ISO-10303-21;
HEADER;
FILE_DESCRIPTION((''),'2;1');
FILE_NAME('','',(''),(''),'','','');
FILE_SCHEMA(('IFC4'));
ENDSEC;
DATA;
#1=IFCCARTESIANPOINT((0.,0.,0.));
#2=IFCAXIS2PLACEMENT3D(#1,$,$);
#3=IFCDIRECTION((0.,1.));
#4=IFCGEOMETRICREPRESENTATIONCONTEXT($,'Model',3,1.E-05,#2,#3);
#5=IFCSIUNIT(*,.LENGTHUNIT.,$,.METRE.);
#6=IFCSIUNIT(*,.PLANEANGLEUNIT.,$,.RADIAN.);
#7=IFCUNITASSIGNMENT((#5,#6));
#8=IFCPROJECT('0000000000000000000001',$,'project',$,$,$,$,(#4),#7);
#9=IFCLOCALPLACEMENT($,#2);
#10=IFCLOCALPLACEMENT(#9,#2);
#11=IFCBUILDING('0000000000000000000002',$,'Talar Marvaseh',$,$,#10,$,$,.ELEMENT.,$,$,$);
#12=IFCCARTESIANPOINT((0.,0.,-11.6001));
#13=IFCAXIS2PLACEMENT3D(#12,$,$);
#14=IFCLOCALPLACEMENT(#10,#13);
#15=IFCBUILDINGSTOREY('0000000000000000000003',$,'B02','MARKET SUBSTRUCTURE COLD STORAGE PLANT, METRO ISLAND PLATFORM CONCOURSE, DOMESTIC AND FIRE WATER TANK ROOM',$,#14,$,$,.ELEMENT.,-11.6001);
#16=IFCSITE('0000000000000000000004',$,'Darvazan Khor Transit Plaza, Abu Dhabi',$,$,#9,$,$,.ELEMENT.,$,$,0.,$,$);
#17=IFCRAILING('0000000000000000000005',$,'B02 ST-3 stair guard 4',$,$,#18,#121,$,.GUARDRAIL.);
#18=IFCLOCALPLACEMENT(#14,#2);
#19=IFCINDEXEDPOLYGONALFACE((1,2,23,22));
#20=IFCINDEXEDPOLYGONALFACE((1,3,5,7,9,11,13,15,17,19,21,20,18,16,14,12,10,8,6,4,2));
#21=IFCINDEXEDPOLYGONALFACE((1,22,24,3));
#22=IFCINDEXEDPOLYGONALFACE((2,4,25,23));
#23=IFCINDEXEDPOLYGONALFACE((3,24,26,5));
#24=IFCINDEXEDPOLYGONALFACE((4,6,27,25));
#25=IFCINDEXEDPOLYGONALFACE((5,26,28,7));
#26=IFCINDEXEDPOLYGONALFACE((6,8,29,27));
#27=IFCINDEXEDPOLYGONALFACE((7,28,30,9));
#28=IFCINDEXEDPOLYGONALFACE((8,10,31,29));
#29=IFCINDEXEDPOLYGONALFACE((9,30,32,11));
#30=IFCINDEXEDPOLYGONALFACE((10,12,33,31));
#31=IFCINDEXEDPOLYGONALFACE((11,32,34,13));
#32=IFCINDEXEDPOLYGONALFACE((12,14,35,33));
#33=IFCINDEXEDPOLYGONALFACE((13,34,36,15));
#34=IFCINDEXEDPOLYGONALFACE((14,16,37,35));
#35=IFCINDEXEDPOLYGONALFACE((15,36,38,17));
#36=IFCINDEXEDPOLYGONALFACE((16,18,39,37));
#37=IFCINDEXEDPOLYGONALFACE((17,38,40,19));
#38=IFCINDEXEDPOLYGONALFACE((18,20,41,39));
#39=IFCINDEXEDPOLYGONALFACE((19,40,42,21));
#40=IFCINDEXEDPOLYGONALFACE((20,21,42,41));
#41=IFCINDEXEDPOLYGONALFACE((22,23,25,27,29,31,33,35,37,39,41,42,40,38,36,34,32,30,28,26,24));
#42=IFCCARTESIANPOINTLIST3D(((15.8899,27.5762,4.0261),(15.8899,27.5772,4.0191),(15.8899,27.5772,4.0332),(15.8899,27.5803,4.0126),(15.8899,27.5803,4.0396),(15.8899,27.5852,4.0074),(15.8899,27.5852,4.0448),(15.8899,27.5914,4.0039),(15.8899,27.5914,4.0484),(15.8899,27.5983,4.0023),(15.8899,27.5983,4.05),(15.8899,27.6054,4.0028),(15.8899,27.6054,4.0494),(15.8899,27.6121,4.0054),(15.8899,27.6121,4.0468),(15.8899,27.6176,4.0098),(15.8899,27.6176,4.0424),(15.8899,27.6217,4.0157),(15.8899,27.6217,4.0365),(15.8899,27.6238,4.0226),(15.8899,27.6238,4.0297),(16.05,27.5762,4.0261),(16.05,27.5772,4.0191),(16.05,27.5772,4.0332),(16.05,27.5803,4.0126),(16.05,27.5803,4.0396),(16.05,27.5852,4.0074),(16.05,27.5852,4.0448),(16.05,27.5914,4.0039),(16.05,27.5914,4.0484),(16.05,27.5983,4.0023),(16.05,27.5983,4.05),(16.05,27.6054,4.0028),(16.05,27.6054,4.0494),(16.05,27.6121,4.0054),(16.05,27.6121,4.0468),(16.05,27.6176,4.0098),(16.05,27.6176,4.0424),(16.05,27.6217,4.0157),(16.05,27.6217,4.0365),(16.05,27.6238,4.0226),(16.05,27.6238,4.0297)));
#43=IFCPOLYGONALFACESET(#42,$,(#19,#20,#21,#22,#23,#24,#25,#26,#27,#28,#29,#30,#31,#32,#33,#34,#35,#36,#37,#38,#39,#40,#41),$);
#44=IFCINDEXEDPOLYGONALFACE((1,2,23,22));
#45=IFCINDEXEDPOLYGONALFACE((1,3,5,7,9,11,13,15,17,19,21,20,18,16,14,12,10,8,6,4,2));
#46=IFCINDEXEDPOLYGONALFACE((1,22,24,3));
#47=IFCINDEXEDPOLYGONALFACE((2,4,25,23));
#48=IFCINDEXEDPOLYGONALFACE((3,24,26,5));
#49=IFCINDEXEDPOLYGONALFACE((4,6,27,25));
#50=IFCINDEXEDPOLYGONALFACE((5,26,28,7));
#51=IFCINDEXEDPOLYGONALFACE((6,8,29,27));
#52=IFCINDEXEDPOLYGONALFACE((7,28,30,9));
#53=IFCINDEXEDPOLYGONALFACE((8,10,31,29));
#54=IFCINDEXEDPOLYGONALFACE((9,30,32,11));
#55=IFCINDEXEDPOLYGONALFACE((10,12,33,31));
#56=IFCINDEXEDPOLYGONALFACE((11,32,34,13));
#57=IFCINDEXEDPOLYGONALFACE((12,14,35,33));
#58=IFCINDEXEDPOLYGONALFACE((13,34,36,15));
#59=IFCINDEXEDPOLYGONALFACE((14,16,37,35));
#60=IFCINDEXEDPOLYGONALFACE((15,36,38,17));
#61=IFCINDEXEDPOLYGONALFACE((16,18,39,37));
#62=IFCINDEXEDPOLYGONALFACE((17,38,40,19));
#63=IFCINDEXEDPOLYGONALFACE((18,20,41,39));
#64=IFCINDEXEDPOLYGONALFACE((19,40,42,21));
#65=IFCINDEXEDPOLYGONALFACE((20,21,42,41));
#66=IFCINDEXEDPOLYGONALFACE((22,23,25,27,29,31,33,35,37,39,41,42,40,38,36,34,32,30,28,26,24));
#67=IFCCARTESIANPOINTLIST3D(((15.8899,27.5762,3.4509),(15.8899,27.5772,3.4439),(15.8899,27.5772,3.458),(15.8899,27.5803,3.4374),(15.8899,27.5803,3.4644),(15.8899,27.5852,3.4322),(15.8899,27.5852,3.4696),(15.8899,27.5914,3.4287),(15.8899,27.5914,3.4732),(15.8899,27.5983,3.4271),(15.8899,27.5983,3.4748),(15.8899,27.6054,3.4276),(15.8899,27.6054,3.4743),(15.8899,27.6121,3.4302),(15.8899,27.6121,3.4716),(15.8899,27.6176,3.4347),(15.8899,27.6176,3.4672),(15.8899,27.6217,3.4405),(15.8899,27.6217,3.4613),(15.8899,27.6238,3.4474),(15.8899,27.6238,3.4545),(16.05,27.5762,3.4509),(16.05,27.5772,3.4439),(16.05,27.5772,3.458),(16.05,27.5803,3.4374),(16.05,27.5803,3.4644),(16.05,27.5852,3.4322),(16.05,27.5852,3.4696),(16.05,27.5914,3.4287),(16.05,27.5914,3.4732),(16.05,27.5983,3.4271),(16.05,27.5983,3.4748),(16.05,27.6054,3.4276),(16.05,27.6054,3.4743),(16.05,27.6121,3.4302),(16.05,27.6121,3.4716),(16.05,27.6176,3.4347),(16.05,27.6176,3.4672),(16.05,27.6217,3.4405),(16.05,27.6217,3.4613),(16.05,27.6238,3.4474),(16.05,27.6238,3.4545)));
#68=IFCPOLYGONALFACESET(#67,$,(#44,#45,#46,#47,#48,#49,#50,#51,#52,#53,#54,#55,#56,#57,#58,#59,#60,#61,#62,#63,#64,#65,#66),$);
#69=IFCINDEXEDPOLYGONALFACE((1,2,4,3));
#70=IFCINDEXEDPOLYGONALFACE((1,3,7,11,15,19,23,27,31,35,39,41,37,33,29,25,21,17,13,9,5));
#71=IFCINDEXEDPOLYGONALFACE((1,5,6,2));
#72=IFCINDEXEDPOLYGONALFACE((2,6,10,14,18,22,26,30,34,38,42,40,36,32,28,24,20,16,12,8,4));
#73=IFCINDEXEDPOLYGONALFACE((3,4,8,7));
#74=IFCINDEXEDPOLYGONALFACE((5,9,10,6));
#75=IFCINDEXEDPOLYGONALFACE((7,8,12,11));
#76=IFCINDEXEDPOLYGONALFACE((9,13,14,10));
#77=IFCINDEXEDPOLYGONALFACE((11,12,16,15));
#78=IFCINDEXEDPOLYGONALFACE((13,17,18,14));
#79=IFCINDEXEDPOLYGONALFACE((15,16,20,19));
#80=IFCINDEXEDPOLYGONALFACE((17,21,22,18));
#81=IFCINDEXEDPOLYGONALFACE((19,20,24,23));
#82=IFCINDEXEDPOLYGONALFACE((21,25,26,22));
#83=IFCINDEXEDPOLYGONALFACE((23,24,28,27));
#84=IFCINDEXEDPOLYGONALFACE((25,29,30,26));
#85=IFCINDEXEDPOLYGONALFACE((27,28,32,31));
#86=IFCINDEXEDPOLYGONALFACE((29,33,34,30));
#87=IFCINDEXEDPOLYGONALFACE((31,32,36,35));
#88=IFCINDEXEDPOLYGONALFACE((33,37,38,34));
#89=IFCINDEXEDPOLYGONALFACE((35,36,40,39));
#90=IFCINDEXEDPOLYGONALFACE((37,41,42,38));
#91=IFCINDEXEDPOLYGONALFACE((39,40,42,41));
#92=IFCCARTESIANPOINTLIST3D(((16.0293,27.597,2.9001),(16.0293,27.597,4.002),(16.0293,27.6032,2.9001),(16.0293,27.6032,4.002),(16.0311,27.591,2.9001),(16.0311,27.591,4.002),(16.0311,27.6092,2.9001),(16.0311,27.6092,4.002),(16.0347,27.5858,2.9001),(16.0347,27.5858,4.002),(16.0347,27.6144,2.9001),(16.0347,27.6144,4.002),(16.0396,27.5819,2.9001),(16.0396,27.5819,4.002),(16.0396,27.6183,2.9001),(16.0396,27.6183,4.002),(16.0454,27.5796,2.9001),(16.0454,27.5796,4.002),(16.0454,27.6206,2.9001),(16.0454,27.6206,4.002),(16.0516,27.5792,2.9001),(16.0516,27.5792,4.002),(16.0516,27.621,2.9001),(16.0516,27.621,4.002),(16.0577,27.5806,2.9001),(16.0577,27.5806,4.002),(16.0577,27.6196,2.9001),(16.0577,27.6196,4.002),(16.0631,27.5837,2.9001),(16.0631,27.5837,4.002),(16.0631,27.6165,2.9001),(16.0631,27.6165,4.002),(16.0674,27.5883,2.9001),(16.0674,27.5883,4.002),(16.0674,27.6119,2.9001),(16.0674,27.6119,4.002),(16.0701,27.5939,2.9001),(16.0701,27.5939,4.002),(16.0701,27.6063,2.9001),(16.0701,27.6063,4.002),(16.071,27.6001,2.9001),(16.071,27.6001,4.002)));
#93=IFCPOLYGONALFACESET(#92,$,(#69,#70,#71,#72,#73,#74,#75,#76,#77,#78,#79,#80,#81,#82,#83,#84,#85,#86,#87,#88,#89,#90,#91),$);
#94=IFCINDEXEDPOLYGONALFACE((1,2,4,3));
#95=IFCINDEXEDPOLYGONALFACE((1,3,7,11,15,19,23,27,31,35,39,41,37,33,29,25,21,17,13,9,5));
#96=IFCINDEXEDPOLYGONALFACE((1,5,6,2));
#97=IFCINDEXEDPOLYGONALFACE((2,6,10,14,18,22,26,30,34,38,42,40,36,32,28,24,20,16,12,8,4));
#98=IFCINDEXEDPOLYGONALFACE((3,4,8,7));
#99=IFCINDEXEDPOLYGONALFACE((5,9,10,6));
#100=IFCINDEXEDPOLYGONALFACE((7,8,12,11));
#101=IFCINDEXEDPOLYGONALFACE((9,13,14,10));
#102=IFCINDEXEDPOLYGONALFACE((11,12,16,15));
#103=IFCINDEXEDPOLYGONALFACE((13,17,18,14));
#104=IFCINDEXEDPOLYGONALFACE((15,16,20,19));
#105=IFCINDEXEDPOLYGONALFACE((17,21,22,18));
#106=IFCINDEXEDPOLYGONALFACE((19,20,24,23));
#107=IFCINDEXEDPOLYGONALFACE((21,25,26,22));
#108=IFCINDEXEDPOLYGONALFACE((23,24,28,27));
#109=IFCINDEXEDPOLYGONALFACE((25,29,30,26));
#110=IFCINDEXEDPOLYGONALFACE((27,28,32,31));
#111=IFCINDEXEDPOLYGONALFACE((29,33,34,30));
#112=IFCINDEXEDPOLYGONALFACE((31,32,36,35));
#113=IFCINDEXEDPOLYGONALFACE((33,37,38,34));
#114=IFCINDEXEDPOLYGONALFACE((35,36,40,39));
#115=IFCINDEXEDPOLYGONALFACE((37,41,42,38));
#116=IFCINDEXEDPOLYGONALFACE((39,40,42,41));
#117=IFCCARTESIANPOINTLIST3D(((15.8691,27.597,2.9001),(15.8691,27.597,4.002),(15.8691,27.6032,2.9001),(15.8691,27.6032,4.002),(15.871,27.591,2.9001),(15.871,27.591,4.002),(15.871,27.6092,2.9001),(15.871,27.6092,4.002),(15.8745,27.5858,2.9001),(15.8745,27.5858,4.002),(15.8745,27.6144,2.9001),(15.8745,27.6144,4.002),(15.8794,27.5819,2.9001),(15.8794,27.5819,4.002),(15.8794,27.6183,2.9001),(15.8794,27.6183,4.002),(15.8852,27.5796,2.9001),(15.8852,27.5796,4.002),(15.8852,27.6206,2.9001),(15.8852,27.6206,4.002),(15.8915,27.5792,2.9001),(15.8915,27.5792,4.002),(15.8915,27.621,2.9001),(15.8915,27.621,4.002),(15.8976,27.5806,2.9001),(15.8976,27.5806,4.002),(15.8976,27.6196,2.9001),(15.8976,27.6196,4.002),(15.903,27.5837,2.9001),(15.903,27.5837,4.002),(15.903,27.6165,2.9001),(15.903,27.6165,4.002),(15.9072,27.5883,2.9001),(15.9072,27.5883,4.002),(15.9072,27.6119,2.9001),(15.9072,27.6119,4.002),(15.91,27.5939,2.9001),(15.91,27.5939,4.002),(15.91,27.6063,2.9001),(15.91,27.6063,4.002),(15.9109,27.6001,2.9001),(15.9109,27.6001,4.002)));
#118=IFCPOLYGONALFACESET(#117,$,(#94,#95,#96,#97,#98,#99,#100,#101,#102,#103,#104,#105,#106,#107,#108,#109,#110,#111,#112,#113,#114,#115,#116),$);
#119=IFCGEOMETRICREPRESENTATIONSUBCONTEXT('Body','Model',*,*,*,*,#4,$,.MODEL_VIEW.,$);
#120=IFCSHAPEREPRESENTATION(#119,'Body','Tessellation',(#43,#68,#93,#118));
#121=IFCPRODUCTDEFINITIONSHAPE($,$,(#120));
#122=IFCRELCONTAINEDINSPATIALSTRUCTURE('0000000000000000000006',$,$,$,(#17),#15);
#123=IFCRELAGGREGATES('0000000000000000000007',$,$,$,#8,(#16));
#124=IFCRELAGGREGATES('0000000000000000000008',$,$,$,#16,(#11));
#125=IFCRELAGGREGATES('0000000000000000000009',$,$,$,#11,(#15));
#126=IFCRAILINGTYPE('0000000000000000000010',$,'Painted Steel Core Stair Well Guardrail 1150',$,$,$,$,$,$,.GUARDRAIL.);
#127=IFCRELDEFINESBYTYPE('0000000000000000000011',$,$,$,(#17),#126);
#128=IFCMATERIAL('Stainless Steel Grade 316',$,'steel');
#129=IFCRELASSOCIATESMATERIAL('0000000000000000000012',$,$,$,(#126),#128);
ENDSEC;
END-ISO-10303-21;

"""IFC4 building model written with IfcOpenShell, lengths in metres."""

from ifc_helpers import new_model, si_unit, direction, frame, origin, origin_2d, place, context, subcontext, project, spatial, circle, extrude, material, type_object, element, save


model = new_model("IFC4")

# Units and contexts
model_context = context("Model", 3, precision=1e-05, world=origin(), true_north=direction((0.0, 1.0)))
body_context = subcontext(model_context, "Body", "Model", "MODEL_VIEW")
ifc_project = project(units=[si_unit("LENGTHUNIT", "METRE"), si_unit("PLANEANGLEUNIT", "RADIAN")], contexts=[model_context])

# Site, building, storey
site_placement = place(None, origin())
site = spatial("IfcSite", under=ifc_project, at=site_placement, Name="Darvazan Khor Transit Plaza, Abu Dhabi", CompositionType="ELEMENT", RefElevation=0.0)
building_placement = place(site_placement, origin())
building = spatial("IfcBuilding", under=site, at=building_placement, Name="Talar Marvaseh", CompositionType="ELEMENT")
storey_placement = place(building_placement, frame((0.0, 0.0, -11.6001)))
storey = spatial("IfcBuildingStorey", under=building, at=storey_placement, Name="B02", Description="MARKET SUBSTRUCTURE COLD STORAGE PLANT, METRO ISLAND PLATFORM CONCOURSE, DOMESTIC AND FIRE WATER TANK ROOM", CompositionType="ELEMENT", Elevation=-11.6001)

# Railing
ifc_material_1 = material(Name="Stainless Steel Grade 316", Category="steel")
railing_type = type_object("IfcRailingType", Name="Painted Steel Core Stair Well Guardrail 1150", PredefinedType="GUARDRAIL", material=ifc_material_1)
railing_1_placement = place(storey_placement, frame((16.05, 27.6001, 2.9001)))
element("IfcRailing", 1, at=railing_1_placement, inside=storey, type_object=railing_type, Name="B02 ST-3 stair guard 4", PredefinedType="GUARDRAIL", context=body_context, shape_type="SweptSolid", body=[
    extrude(circle(Radius=0.0239, at=origin_2d()), frame((0.0, 0.0, 1.126), z_axis=(-1.0, 0.0, 0.0), x_axis=(0.0, -1.0, 0.0)), (0.0, 0.0, 1.0), 0.1602),
    extrude(circle(Radius=0.0239, at=origin_2d()), frame((0.0, 0.0, 0.5508), z_axis=(-1.0, 0.0, 0.0), x_axis=(0.0, -1.0, 0.0)), (0.0, 0.0, 1.0), 0.1602),
    extrude(circle(Radius=0.021, at=origin_2d()), origin(), (0.0, 0.0, 1.0), 1.1018),
    extrude(circle(Radius=0.021, at=origin_2d()), frame((-0.1602, 0.0, 0.0)), (0.0, 0.0, 1.0), 1.1018),
])

save(model, "model.ifc")
